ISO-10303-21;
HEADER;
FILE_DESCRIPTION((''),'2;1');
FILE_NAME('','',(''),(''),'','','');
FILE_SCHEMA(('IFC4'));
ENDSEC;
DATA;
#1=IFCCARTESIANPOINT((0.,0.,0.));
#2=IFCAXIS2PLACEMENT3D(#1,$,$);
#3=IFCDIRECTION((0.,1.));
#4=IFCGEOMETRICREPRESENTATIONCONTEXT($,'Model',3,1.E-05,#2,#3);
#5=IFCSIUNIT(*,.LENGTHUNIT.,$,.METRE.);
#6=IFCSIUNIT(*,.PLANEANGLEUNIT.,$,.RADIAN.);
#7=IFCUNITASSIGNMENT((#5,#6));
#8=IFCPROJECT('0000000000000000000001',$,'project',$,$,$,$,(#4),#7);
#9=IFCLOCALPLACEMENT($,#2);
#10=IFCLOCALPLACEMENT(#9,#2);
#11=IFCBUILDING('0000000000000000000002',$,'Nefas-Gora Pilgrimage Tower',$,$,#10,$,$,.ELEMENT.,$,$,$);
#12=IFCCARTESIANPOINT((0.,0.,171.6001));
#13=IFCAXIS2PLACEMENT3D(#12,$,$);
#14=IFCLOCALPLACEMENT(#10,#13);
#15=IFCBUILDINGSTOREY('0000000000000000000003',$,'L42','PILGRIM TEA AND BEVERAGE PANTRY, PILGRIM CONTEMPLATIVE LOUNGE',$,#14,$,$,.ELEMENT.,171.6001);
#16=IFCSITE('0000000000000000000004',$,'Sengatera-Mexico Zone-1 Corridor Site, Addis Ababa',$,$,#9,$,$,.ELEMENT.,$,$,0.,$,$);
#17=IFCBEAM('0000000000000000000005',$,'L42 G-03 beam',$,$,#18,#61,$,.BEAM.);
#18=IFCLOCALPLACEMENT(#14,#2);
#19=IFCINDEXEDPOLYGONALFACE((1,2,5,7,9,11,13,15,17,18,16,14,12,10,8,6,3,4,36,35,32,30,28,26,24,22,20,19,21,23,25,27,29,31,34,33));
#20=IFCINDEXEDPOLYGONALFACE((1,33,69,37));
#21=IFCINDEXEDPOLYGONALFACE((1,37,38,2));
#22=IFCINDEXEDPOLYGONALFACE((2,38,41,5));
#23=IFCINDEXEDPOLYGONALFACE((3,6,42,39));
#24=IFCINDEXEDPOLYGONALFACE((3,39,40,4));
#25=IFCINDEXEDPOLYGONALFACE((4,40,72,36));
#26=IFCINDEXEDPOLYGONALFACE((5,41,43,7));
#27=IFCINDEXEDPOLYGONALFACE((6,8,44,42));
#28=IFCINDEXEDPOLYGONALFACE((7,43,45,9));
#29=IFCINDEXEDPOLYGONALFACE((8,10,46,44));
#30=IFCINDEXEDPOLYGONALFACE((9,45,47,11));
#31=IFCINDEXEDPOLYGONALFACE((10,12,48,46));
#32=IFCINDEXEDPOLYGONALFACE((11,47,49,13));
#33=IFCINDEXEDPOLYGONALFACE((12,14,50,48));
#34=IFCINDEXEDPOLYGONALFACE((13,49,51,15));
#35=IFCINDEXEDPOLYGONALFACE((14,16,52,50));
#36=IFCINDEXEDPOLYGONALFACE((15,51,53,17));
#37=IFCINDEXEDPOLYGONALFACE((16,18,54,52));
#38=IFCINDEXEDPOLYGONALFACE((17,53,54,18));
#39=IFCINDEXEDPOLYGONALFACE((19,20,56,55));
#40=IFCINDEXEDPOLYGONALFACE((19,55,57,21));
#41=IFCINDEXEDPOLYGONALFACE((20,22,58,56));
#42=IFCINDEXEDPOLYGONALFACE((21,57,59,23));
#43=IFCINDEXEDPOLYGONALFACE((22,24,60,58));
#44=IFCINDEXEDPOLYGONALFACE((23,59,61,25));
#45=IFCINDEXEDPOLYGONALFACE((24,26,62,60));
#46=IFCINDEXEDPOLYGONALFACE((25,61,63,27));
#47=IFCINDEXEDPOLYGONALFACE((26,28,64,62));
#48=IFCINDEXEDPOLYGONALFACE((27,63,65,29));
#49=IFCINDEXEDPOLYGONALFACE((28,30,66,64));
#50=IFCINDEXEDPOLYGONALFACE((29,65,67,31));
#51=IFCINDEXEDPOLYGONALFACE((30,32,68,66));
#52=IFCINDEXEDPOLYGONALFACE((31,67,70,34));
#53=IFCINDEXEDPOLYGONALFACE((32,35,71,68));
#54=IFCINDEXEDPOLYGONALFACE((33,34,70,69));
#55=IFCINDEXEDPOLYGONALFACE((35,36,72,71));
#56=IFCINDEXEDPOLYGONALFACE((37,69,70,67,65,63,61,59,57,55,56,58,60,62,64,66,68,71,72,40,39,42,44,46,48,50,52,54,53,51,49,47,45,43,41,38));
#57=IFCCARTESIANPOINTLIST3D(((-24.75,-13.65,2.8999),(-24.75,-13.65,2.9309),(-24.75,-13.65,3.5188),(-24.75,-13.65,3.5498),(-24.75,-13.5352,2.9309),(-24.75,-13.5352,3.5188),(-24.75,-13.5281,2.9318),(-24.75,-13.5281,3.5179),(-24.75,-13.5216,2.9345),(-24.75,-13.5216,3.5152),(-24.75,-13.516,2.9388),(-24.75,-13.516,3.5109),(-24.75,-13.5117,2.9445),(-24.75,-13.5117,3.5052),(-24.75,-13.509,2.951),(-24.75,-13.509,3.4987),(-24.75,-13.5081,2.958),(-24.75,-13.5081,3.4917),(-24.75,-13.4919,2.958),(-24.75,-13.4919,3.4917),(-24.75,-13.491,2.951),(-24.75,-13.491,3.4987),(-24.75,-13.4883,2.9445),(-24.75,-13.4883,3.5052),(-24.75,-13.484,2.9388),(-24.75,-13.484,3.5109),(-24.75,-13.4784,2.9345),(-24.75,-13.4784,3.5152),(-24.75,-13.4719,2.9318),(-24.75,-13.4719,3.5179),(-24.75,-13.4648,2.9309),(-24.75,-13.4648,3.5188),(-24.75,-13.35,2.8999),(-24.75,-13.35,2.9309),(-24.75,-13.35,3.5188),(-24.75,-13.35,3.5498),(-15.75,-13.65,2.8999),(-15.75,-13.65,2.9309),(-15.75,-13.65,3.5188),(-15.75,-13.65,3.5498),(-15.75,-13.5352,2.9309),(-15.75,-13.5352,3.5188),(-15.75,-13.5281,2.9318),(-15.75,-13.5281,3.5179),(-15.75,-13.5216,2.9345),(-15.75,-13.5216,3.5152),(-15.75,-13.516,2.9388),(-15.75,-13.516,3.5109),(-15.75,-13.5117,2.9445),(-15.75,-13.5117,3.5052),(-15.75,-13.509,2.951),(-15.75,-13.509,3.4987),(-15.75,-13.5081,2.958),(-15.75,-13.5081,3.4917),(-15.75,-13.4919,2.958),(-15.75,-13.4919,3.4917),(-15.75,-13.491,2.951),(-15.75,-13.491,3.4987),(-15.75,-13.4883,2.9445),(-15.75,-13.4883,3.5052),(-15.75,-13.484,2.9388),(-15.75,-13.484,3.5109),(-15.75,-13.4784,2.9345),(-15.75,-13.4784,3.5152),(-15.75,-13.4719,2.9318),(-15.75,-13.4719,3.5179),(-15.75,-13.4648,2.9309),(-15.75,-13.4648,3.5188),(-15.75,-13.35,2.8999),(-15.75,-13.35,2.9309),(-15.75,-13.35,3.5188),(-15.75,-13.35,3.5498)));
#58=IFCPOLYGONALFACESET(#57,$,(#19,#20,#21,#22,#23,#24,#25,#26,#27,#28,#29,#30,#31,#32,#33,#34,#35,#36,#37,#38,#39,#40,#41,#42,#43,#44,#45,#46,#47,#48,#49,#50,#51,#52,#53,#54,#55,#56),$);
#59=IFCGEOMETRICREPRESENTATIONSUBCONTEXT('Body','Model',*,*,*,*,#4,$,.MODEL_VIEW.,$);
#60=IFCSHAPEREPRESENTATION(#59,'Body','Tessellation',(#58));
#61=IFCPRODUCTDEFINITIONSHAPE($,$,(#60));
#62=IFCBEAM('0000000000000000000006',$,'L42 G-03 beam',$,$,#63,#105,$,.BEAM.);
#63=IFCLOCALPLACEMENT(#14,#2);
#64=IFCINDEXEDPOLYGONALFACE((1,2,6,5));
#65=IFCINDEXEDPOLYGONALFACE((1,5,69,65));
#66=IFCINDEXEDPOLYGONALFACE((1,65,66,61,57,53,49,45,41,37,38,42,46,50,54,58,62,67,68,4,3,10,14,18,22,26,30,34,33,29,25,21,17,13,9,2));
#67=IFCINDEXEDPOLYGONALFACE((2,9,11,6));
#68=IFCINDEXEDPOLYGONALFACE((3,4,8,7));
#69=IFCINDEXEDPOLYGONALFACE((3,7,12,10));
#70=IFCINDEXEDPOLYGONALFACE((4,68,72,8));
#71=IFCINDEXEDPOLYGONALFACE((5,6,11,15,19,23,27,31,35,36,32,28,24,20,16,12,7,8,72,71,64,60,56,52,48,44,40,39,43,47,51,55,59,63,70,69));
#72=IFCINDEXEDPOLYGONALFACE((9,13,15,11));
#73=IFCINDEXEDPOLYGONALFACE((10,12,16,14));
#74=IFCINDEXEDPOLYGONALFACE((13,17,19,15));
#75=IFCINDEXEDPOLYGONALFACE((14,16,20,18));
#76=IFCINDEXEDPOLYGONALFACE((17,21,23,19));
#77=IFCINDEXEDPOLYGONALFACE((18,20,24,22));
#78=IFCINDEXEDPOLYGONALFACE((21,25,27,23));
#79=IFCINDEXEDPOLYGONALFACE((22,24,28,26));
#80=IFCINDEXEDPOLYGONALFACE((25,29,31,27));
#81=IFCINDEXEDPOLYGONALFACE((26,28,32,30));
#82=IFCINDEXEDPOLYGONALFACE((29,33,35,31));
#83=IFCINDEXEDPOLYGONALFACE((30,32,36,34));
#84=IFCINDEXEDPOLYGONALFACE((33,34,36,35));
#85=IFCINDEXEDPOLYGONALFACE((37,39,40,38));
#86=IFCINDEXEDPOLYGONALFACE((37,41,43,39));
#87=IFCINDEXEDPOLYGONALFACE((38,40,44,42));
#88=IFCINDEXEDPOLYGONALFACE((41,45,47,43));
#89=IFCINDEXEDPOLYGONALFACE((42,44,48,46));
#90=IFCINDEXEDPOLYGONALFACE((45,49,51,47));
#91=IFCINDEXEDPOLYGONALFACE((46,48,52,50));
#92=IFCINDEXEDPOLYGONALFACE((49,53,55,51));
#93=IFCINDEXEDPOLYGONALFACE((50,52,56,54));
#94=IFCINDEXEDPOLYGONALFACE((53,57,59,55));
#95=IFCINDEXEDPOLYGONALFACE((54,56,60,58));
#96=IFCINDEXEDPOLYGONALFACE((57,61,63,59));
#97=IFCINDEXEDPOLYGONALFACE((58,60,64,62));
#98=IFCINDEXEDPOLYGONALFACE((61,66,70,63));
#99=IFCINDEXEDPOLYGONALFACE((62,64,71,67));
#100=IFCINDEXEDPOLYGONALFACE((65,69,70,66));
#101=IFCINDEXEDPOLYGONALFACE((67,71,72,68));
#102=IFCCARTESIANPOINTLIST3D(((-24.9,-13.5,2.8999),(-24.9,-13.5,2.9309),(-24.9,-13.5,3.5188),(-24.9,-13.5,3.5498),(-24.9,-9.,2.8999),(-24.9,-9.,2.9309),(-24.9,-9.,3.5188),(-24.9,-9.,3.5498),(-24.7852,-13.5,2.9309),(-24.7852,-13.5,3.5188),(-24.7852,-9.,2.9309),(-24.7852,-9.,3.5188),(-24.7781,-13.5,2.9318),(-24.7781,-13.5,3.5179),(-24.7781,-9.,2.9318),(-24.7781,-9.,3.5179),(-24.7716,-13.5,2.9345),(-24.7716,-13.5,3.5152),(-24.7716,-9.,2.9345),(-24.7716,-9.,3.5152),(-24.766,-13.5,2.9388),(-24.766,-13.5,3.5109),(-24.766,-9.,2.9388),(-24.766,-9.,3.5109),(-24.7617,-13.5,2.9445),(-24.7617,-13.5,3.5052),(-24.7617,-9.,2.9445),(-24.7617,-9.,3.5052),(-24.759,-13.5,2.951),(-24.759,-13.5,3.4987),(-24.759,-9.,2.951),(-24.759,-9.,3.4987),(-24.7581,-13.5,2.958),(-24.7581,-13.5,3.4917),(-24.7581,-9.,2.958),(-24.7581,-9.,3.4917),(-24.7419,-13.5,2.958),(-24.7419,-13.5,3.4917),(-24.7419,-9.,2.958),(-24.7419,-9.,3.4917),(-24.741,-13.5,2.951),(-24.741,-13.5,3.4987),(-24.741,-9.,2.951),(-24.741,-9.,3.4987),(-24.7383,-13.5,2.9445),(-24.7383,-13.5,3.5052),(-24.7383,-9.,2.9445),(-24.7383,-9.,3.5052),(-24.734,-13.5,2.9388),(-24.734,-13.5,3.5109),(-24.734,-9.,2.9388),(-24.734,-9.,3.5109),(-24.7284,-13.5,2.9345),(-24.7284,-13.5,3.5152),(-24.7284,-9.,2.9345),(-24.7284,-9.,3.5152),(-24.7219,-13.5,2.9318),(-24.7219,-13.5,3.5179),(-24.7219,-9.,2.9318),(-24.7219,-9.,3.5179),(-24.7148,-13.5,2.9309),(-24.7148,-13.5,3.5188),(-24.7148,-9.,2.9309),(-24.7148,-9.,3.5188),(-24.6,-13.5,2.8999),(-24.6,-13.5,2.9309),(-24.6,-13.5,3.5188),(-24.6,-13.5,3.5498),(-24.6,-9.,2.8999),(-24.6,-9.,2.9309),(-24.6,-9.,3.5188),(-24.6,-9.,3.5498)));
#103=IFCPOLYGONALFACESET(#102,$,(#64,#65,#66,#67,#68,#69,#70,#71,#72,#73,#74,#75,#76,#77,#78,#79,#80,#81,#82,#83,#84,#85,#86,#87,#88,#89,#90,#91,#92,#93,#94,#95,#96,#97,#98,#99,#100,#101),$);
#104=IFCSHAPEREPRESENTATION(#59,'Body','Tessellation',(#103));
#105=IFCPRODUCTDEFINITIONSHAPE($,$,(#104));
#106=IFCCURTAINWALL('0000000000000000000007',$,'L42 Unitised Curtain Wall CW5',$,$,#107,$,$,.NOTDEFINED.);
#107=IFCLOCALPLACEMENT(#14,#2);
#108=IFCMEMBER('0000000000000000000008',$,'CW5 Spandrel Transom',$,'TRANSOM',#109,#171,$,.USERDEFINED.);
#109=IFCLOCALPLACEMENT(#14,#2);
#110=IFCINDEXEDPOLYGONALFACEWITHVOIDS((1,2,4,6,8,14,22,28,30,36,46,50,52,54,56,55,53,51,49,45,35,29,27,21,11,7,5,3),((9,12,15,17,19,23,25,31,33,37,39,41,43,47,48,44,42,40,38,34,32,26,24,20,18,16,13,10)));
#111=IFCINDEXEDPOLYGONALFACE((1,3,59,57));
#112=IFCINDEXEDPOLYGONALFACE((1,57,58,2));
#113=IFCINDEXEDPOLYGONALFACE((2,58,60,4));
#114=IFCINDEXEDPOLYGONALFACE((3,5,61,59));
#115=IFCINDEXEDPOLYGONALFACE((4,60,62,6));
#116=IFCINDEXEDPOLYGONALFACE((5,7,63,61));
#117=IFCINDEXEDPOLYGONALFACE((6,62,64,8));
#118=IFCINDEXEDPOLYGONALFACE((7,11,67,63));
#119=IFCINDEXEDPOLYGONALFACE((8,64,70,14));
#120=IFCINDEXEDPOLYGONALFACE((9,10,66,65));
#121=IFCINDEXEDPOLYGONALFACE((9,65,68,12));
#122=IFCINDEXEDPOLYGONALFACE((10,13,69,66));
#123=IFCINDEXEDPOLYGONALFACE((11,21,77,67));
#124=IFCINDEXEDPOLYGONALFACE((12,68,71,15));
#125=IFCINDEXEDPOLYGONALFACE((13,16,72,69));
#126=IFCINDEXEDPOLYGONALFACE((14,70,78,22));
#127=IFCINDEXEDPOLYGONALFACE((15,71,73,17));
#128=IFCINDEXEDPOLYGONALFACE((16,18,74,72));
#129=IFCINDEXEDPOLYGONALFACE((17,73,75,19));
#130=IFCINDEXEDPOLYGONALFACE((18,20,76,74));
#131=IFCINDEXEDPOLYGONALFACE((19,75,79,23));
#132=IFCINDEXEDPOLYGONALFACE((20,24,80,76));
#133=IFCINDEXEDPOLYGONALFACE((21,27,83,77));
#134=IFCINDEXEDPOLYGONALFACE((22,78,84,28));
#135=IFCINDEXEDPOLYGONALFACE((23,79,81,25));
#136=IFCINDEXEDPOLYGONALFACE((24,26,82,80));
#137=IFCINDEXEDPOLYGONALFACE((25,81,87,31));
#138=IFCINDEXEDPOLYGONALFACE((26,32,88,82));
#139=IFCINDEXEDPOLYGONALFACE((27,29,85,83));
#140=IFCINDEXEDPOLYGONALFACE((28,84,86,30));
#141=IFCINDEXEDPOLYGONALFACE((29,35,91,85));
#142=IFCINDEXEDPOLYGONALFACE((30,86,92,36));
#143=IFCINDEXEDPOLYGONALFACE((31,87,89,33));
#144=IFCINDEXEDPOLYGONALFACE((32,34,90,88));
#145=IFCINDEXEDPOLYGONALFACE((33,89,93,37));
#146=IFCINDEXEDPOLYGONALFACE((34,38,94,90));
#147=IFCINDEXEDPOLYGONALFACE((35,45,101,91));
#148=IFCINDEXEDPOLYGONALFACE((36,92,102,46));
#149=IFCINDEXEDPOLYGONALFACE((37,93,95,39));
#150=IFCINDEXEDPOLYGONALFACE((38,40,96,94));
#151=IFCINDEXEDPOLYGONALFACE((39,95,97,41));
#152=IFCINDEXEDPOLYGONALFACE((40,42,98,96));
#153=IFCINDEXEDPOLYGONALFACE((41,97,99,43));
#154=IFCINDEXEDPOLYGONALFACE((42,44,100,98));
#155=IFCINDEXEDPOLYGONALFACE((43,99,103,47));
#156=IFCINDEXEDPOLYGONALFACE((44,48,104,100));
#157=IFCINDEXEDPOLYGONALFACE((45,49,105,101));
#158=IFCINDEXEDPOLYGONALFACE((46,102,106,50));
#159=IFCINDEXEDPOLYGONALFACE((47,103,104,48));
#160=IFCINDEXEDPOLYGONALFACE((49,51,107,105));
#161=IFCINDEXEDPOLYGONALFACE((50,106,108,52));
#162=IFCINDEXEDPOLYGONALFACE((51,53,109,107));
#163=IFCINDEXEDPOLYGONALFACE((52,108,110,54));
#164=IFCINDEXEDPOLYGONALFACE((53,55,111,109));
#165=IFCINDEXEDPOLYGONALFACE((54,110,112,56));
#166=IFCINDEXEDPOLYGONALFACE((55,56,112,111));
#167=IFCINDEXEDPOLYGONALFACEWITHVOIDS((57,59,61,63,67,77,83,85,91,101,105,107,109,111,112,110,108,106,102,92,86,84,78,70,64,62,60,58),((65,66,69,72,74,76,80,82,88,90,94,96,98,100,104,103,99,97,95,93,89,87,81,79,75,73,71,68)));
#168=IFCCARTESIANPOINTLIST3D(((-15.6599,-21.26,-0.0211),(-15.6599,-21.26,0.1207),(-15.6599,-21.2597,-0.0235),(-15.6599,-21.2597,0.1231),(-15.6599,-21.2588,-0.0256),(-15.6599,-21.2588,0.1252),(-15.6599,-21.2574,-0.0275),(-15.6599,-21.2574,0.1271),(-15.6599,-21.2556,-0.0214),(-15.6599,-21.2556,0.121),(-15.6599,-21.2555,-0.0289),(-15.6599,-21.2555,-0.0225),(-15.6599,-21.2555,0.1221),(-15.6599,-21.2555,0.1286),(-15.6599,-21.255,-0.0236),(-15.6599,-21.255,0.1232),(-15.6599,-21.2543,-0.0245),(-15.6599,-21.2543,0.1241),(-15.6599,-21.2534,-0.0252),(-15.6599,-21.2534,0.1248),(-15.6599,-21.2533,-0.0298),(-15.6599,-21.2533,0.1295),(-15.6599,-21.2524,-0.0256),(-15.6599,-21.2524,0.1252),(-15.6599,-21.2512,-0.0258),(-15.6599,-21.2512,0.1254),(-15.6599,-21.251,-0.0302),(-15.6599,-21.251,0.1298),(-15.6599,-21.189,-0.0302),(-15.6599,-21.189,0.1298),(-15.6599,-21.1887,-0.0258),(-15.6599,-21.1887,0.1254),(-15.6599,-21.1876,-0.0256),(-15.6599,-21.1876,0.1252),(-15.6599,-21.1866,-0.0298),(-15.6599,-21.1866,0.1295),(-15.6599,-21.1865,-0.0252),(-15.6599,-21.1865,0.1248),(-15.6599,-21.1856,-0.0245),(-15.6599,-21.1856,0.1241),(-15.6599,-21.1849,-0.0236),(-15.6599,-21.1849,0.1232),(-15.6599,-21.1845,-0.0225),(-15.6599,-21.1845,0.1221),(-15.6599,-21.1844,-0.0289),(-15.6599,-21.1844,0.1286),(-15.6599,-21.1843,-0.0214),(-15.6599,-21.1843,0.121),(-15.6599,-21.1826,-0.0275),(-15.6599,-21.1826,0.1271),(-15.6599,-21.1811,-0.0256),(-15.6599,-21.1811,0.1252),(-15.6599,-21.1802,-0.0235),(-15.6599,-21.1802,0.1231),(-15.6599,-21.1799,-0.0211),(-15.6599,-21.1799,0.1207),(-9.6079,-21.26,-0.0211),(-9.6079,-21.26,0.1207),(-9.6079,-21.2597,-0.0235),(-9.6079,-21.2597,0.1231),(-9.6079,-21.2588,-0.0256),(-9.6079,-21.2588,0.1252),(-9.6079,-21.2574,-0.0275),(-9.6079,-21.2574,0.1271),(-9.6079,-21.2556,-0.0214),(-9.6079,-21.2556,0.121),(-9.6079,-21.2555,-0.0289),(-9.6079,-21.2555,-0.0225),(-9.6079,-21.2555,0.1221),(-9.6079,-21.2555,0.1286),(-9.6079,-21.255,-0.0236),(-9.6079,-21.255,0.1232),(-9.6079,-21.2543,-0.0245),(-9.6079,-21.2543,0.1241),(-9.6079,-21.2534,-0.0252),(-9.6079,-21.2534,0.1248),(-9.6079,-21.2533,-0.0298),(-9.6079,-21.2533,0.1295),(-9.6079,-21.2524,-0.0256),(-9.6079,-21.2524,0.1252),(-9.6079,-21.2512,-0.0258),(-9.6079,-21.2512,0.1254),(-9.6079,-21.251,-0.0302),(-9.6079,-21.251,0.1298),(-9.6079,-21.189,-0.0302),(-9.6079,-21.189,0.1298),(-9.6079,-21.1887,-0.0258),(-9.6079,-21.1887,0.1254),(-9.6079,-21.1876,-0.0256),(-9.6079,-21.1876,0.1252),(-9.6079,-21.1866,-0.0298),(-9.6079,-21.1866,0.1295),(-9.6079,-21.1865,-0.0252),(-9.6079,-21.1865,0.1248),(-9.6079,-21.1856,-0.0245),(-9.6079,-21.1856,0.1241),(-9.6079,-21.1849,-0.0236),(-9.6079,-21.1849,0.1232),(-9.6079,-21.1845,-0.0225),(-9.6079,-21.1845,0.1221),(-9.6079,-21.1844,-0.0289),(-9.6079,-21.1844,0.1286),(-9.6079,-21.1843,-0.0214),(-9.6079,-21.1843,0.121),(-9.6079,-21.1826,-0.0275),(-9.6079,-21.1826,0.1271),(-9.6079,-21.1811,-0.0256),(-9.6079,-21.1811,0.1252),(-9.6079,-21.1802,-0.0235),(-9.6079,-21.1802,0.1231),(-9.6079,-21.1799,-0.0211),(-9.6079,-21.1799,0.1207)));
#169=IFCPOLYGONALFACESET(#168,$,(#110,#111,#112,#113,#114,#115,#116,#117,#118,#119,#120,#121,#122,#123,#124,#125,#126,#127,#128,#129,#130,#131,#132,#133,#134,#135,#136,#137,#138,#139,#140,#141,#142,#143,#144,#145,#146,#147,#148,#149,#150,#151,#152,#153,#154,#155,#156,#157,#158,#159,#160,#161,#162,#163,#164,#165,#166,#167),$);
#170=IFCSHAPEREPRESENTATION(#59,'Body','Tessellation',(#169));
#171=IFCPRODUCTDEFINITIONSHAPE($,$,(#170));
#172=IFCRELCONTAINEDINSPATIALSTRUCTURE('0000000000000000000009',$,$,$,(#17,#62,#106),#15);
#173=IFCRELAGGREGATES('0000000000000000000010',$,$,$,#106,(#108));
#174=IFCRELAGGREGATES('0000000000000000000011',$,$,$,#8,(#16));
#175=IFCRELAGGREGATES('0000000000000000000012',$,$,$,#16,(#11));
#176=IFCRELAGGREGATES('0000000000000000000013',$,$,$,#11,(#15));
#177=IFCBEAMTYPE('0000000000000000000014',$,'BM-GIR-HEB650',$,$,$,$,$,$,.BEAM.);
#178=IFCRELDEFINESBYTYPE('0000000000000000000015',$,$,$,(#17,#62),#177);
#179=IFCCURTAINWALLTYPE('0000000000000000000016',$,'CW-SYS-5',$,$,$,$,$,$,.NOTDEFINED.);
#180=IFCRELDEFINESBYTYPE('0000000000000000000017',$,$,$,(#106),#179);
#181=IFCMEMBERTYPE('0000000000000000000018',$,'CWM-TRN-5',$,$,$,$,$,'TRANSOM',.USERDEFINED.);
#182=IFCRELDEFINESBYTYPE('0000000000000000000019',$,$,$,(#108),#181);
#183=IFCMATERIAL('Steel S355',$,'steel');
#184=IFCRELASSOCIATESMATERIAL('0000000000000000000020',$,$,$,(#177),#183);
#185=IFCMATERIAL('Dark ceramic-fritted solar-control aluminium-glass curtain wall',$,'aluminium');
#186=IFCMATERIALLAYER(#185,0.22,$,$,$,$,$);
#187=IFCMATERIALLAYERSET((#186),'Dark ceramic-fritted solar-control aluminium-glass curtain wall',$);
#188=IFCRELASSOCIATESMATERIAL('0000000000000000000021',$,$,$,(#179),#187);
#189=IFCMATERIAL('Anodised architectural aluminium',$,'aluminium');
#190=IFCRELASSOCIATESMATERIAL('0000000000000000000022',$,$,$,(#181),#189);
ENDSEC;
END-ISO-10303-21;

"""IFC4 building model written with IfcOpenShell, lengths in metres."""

from ifc_helpers import new_model, si_unit, direction, frame, origin, origin_2d, place, context, subcontext, project, spatial, hollow_rectangle, i_section, extrude, source, transform, mapped, material, layer, layer_set, material_profile, profile_set, type_object, element, aggregate, save


model = new_model("IFC4")

# Units and contexts
model_context = context("Model", 3, precision=1e-05, world=origin(), true_north=direction((0.0, 1.0)))
body_context = subcontext(model_context, "Body", "Model", "MODEL_VIEW")
ifc_project = project(units=[si_unit("LENGTHUNIT", "METRE"), si_unit("PLANEANGLEUNIT", "RADIAN")], contexts=[model_context])

# Site, building, storey
site_placement = place(None, origin())
site = spatial("IfcSite", under=ifc_project, at=site_placement, Name="Sengatera-Mexico Zone-1 Corridor Site, Addis Ababa", CompositionType="ELEMENT", RefElevation=0.0)
building_placement = place(site_placement, origin())
building = spatial("IfcBuilding", under=site, at=building_placement, Name="Nefas-Gora Pilgrimage Tower", CompositionType="ELEMENT")
storey_placement = place(building_placement, frame((0.0, 0.0, 171.6001)))
storey = spatial("IfcBuildingStorey", under=building, at=storey_placement, Name="L42", Description="PILGRIM TEA AND BEVERAGE PANTRY, PILGRIM CONTEMPLATIVE LOUNGE", CompositionType="ELEMENT", Elevation=171.6001)

# Beams
ifc_material_1 = material(Name="Steel S355", Category="steel")
ifc_material_profile_1 = material_profile(ifc_material_1, i_section(OverallWidth=0.3, OverallDepth=0.6499, WebThickness=0.0161, FlangeThickness=0.031, FilletRadius=0.0271, at=origin_2d()), Name="HEB 650")
ifc_profile_set_1 = profile_set([ifc_material_profile_1], Name="Steel S355")
beam_type = type_object("IfcBeamType", Name="BM-GIR-HEB650", PredefinedType="BEAM", material=ifc_profile_set_1)
shared_shape_1 = source(origin(), body_context, "Body", "SweptSolid", [
    extrude(i_section(OverallWidth=0.3, OverallDepth=0.6499, WebThickness=0.0161, FlangeThickness=0.031, FilletRadius=0.0271, at=origin_2d()), origin(), (0.0, 0.0, 1.0), 9.0),
])
beam_1_placement = place(storey_placement, frame((-24.75, -13.5, 3.2249), z_axis=(1.0, 0.0, 0.0), x_axis=(0.0, 1.0, 0.0)))
element("IfcBeam", 1, at=beam_1_placement, inside=storey, type_object=beam_type, Name="L42 G-03 beam", PredefinedType="BEAM", context=body_context, shape_type="MappedRepresentation", body=[
    mapped(shared_shape_1, transform((0.0, 0.0, 0.0), x_axis=(1.0, 0.0, 0.0), y_axis=(0.0, 1.0, 0.0), z_axis=(0.0, 0.0, 1.0), scale=1.0)),
])
shared_shape_2 = source(origin(), body_context, "Body", "SweptSolid", [
    extrude(i_section(OverallWidth=0.3, OverallDepth=0.6499, WebThickness=0.0161, FlangeThickness=0.031, FilletRadius=0.0271, at=origin_2d()), origin(), (0.0, 0.0, 1.0), 4.5),
])
beam_2_placement = place(storey_placement, frame((-24.75, -13.5, 3.2249), z_axis=(0.0, 1.0, 0.0), x_axis=(-1.0, 0.0, 0.0)))
element("IfcBeam", 2, at=beam_2_placement, inside=storey, type_object=beam_type, Name="L42 G-03 beam", PredefinedType="BEAM", context=body_context, shape_type="MappedRepresentation", body=[
    mapped(shared_shape_2, transform((0.0, 0.0, 0.0), x_axis=(1.0, 0.0, 0.0), y_axis=(0.0, 1.0, 0.0), z_axis=(0.0, 0.0, 1.0), scale=1.0)),
])

# Curtain wall, member
ifc_material_2 = material(Name="Dark ceramic-fritted solar-control aluminium-glass curtain wall", Category="aluminium")
ifc_layer_1 = layer(ifc_material_2, 0.22)
ifc_layer_set_1 = layer_set([ifc_layer_1], Name="Dark ceramic-fritted solar-control aluminium-glass curtain wall")
curtain_wall_type_1 = type_object("IfcCurtainWallType", Name="CW-SYS-5", PredefinedType="NOTDEFINED", material=ifc_layer_set_1)
curtain_wall_1_placement = place(storey_placement, origin())
curtain_wall_1 = element("IfcCurtainWall", 3, at=curtain_wall_1_placement, inside=storey, type_object=curtain_wall_type_1, Name="L42 Unitised Curtain Wall CW5", PredefinedType="NOTDEFINED")
ifc_material_3 = material(Name="Anodised architectural aluminium", Category="aluminium")
ifc_material_profile_2 = material_profile(ifc_material_3, hollow_rectangle(XDim=0.0801, YDim=0.1599, WallThickness=0.0044, InnerFilletRadius=0.0044, OuterFilletRadius=0.009, at=origin_2d()), Name="ALU TRANSOM 80x160")
ifc_profile_set_2 = profile_set([ifc_material_profile_2], Name="Anodised architectural aluminium")
member_type_1 = type_object("IfcMemberType", Name="CWM-TRN-5", ElementType="TRANSOM", PredefinedType="USERDEFINED", material=ifc_profile_set_2)
shared_shape_3 = source(origin(), body_context, "Body", "SweptSolid", [
    extrude(hollow_rectangle(XDim=0.0801, YDim=0.1599, WallThickness=0.0044, InnerFilletRadius=0.0044, OuterFilletRadius=0.009, at=origin_2d()), origin(), (0.0, 0.0, 1.0), 6.052),
])
member_1_placement = place(storey_placement, frame((-15.6599, -21.22, 0.0498), z_axis=(1.0, 0.0, 0.0), x_axis=(0.0, 1.0, 0.0)))
member_1 = element("IfcMember", 4, at=member_1_placement, type_object=member_type_1, Name="CW5 Spandrel Transom", ObjectType="TRANSOM", PredefinedType="USERDEFINED", context=body_context, shape_type="MappedRepresentation", body=[
    mapped(shared_shape_3, transform((0.0, 0.0, 0.0), x_axis=(1.0, 0.0, 0.0), y_axis=(0.0, 1.0, 0.0), z_axis=(0.0, 0.0, 1.0), scale=1.0)),
])

aggregate(curtain_wall_1, [member_1])

save(model, "model.ifc")
